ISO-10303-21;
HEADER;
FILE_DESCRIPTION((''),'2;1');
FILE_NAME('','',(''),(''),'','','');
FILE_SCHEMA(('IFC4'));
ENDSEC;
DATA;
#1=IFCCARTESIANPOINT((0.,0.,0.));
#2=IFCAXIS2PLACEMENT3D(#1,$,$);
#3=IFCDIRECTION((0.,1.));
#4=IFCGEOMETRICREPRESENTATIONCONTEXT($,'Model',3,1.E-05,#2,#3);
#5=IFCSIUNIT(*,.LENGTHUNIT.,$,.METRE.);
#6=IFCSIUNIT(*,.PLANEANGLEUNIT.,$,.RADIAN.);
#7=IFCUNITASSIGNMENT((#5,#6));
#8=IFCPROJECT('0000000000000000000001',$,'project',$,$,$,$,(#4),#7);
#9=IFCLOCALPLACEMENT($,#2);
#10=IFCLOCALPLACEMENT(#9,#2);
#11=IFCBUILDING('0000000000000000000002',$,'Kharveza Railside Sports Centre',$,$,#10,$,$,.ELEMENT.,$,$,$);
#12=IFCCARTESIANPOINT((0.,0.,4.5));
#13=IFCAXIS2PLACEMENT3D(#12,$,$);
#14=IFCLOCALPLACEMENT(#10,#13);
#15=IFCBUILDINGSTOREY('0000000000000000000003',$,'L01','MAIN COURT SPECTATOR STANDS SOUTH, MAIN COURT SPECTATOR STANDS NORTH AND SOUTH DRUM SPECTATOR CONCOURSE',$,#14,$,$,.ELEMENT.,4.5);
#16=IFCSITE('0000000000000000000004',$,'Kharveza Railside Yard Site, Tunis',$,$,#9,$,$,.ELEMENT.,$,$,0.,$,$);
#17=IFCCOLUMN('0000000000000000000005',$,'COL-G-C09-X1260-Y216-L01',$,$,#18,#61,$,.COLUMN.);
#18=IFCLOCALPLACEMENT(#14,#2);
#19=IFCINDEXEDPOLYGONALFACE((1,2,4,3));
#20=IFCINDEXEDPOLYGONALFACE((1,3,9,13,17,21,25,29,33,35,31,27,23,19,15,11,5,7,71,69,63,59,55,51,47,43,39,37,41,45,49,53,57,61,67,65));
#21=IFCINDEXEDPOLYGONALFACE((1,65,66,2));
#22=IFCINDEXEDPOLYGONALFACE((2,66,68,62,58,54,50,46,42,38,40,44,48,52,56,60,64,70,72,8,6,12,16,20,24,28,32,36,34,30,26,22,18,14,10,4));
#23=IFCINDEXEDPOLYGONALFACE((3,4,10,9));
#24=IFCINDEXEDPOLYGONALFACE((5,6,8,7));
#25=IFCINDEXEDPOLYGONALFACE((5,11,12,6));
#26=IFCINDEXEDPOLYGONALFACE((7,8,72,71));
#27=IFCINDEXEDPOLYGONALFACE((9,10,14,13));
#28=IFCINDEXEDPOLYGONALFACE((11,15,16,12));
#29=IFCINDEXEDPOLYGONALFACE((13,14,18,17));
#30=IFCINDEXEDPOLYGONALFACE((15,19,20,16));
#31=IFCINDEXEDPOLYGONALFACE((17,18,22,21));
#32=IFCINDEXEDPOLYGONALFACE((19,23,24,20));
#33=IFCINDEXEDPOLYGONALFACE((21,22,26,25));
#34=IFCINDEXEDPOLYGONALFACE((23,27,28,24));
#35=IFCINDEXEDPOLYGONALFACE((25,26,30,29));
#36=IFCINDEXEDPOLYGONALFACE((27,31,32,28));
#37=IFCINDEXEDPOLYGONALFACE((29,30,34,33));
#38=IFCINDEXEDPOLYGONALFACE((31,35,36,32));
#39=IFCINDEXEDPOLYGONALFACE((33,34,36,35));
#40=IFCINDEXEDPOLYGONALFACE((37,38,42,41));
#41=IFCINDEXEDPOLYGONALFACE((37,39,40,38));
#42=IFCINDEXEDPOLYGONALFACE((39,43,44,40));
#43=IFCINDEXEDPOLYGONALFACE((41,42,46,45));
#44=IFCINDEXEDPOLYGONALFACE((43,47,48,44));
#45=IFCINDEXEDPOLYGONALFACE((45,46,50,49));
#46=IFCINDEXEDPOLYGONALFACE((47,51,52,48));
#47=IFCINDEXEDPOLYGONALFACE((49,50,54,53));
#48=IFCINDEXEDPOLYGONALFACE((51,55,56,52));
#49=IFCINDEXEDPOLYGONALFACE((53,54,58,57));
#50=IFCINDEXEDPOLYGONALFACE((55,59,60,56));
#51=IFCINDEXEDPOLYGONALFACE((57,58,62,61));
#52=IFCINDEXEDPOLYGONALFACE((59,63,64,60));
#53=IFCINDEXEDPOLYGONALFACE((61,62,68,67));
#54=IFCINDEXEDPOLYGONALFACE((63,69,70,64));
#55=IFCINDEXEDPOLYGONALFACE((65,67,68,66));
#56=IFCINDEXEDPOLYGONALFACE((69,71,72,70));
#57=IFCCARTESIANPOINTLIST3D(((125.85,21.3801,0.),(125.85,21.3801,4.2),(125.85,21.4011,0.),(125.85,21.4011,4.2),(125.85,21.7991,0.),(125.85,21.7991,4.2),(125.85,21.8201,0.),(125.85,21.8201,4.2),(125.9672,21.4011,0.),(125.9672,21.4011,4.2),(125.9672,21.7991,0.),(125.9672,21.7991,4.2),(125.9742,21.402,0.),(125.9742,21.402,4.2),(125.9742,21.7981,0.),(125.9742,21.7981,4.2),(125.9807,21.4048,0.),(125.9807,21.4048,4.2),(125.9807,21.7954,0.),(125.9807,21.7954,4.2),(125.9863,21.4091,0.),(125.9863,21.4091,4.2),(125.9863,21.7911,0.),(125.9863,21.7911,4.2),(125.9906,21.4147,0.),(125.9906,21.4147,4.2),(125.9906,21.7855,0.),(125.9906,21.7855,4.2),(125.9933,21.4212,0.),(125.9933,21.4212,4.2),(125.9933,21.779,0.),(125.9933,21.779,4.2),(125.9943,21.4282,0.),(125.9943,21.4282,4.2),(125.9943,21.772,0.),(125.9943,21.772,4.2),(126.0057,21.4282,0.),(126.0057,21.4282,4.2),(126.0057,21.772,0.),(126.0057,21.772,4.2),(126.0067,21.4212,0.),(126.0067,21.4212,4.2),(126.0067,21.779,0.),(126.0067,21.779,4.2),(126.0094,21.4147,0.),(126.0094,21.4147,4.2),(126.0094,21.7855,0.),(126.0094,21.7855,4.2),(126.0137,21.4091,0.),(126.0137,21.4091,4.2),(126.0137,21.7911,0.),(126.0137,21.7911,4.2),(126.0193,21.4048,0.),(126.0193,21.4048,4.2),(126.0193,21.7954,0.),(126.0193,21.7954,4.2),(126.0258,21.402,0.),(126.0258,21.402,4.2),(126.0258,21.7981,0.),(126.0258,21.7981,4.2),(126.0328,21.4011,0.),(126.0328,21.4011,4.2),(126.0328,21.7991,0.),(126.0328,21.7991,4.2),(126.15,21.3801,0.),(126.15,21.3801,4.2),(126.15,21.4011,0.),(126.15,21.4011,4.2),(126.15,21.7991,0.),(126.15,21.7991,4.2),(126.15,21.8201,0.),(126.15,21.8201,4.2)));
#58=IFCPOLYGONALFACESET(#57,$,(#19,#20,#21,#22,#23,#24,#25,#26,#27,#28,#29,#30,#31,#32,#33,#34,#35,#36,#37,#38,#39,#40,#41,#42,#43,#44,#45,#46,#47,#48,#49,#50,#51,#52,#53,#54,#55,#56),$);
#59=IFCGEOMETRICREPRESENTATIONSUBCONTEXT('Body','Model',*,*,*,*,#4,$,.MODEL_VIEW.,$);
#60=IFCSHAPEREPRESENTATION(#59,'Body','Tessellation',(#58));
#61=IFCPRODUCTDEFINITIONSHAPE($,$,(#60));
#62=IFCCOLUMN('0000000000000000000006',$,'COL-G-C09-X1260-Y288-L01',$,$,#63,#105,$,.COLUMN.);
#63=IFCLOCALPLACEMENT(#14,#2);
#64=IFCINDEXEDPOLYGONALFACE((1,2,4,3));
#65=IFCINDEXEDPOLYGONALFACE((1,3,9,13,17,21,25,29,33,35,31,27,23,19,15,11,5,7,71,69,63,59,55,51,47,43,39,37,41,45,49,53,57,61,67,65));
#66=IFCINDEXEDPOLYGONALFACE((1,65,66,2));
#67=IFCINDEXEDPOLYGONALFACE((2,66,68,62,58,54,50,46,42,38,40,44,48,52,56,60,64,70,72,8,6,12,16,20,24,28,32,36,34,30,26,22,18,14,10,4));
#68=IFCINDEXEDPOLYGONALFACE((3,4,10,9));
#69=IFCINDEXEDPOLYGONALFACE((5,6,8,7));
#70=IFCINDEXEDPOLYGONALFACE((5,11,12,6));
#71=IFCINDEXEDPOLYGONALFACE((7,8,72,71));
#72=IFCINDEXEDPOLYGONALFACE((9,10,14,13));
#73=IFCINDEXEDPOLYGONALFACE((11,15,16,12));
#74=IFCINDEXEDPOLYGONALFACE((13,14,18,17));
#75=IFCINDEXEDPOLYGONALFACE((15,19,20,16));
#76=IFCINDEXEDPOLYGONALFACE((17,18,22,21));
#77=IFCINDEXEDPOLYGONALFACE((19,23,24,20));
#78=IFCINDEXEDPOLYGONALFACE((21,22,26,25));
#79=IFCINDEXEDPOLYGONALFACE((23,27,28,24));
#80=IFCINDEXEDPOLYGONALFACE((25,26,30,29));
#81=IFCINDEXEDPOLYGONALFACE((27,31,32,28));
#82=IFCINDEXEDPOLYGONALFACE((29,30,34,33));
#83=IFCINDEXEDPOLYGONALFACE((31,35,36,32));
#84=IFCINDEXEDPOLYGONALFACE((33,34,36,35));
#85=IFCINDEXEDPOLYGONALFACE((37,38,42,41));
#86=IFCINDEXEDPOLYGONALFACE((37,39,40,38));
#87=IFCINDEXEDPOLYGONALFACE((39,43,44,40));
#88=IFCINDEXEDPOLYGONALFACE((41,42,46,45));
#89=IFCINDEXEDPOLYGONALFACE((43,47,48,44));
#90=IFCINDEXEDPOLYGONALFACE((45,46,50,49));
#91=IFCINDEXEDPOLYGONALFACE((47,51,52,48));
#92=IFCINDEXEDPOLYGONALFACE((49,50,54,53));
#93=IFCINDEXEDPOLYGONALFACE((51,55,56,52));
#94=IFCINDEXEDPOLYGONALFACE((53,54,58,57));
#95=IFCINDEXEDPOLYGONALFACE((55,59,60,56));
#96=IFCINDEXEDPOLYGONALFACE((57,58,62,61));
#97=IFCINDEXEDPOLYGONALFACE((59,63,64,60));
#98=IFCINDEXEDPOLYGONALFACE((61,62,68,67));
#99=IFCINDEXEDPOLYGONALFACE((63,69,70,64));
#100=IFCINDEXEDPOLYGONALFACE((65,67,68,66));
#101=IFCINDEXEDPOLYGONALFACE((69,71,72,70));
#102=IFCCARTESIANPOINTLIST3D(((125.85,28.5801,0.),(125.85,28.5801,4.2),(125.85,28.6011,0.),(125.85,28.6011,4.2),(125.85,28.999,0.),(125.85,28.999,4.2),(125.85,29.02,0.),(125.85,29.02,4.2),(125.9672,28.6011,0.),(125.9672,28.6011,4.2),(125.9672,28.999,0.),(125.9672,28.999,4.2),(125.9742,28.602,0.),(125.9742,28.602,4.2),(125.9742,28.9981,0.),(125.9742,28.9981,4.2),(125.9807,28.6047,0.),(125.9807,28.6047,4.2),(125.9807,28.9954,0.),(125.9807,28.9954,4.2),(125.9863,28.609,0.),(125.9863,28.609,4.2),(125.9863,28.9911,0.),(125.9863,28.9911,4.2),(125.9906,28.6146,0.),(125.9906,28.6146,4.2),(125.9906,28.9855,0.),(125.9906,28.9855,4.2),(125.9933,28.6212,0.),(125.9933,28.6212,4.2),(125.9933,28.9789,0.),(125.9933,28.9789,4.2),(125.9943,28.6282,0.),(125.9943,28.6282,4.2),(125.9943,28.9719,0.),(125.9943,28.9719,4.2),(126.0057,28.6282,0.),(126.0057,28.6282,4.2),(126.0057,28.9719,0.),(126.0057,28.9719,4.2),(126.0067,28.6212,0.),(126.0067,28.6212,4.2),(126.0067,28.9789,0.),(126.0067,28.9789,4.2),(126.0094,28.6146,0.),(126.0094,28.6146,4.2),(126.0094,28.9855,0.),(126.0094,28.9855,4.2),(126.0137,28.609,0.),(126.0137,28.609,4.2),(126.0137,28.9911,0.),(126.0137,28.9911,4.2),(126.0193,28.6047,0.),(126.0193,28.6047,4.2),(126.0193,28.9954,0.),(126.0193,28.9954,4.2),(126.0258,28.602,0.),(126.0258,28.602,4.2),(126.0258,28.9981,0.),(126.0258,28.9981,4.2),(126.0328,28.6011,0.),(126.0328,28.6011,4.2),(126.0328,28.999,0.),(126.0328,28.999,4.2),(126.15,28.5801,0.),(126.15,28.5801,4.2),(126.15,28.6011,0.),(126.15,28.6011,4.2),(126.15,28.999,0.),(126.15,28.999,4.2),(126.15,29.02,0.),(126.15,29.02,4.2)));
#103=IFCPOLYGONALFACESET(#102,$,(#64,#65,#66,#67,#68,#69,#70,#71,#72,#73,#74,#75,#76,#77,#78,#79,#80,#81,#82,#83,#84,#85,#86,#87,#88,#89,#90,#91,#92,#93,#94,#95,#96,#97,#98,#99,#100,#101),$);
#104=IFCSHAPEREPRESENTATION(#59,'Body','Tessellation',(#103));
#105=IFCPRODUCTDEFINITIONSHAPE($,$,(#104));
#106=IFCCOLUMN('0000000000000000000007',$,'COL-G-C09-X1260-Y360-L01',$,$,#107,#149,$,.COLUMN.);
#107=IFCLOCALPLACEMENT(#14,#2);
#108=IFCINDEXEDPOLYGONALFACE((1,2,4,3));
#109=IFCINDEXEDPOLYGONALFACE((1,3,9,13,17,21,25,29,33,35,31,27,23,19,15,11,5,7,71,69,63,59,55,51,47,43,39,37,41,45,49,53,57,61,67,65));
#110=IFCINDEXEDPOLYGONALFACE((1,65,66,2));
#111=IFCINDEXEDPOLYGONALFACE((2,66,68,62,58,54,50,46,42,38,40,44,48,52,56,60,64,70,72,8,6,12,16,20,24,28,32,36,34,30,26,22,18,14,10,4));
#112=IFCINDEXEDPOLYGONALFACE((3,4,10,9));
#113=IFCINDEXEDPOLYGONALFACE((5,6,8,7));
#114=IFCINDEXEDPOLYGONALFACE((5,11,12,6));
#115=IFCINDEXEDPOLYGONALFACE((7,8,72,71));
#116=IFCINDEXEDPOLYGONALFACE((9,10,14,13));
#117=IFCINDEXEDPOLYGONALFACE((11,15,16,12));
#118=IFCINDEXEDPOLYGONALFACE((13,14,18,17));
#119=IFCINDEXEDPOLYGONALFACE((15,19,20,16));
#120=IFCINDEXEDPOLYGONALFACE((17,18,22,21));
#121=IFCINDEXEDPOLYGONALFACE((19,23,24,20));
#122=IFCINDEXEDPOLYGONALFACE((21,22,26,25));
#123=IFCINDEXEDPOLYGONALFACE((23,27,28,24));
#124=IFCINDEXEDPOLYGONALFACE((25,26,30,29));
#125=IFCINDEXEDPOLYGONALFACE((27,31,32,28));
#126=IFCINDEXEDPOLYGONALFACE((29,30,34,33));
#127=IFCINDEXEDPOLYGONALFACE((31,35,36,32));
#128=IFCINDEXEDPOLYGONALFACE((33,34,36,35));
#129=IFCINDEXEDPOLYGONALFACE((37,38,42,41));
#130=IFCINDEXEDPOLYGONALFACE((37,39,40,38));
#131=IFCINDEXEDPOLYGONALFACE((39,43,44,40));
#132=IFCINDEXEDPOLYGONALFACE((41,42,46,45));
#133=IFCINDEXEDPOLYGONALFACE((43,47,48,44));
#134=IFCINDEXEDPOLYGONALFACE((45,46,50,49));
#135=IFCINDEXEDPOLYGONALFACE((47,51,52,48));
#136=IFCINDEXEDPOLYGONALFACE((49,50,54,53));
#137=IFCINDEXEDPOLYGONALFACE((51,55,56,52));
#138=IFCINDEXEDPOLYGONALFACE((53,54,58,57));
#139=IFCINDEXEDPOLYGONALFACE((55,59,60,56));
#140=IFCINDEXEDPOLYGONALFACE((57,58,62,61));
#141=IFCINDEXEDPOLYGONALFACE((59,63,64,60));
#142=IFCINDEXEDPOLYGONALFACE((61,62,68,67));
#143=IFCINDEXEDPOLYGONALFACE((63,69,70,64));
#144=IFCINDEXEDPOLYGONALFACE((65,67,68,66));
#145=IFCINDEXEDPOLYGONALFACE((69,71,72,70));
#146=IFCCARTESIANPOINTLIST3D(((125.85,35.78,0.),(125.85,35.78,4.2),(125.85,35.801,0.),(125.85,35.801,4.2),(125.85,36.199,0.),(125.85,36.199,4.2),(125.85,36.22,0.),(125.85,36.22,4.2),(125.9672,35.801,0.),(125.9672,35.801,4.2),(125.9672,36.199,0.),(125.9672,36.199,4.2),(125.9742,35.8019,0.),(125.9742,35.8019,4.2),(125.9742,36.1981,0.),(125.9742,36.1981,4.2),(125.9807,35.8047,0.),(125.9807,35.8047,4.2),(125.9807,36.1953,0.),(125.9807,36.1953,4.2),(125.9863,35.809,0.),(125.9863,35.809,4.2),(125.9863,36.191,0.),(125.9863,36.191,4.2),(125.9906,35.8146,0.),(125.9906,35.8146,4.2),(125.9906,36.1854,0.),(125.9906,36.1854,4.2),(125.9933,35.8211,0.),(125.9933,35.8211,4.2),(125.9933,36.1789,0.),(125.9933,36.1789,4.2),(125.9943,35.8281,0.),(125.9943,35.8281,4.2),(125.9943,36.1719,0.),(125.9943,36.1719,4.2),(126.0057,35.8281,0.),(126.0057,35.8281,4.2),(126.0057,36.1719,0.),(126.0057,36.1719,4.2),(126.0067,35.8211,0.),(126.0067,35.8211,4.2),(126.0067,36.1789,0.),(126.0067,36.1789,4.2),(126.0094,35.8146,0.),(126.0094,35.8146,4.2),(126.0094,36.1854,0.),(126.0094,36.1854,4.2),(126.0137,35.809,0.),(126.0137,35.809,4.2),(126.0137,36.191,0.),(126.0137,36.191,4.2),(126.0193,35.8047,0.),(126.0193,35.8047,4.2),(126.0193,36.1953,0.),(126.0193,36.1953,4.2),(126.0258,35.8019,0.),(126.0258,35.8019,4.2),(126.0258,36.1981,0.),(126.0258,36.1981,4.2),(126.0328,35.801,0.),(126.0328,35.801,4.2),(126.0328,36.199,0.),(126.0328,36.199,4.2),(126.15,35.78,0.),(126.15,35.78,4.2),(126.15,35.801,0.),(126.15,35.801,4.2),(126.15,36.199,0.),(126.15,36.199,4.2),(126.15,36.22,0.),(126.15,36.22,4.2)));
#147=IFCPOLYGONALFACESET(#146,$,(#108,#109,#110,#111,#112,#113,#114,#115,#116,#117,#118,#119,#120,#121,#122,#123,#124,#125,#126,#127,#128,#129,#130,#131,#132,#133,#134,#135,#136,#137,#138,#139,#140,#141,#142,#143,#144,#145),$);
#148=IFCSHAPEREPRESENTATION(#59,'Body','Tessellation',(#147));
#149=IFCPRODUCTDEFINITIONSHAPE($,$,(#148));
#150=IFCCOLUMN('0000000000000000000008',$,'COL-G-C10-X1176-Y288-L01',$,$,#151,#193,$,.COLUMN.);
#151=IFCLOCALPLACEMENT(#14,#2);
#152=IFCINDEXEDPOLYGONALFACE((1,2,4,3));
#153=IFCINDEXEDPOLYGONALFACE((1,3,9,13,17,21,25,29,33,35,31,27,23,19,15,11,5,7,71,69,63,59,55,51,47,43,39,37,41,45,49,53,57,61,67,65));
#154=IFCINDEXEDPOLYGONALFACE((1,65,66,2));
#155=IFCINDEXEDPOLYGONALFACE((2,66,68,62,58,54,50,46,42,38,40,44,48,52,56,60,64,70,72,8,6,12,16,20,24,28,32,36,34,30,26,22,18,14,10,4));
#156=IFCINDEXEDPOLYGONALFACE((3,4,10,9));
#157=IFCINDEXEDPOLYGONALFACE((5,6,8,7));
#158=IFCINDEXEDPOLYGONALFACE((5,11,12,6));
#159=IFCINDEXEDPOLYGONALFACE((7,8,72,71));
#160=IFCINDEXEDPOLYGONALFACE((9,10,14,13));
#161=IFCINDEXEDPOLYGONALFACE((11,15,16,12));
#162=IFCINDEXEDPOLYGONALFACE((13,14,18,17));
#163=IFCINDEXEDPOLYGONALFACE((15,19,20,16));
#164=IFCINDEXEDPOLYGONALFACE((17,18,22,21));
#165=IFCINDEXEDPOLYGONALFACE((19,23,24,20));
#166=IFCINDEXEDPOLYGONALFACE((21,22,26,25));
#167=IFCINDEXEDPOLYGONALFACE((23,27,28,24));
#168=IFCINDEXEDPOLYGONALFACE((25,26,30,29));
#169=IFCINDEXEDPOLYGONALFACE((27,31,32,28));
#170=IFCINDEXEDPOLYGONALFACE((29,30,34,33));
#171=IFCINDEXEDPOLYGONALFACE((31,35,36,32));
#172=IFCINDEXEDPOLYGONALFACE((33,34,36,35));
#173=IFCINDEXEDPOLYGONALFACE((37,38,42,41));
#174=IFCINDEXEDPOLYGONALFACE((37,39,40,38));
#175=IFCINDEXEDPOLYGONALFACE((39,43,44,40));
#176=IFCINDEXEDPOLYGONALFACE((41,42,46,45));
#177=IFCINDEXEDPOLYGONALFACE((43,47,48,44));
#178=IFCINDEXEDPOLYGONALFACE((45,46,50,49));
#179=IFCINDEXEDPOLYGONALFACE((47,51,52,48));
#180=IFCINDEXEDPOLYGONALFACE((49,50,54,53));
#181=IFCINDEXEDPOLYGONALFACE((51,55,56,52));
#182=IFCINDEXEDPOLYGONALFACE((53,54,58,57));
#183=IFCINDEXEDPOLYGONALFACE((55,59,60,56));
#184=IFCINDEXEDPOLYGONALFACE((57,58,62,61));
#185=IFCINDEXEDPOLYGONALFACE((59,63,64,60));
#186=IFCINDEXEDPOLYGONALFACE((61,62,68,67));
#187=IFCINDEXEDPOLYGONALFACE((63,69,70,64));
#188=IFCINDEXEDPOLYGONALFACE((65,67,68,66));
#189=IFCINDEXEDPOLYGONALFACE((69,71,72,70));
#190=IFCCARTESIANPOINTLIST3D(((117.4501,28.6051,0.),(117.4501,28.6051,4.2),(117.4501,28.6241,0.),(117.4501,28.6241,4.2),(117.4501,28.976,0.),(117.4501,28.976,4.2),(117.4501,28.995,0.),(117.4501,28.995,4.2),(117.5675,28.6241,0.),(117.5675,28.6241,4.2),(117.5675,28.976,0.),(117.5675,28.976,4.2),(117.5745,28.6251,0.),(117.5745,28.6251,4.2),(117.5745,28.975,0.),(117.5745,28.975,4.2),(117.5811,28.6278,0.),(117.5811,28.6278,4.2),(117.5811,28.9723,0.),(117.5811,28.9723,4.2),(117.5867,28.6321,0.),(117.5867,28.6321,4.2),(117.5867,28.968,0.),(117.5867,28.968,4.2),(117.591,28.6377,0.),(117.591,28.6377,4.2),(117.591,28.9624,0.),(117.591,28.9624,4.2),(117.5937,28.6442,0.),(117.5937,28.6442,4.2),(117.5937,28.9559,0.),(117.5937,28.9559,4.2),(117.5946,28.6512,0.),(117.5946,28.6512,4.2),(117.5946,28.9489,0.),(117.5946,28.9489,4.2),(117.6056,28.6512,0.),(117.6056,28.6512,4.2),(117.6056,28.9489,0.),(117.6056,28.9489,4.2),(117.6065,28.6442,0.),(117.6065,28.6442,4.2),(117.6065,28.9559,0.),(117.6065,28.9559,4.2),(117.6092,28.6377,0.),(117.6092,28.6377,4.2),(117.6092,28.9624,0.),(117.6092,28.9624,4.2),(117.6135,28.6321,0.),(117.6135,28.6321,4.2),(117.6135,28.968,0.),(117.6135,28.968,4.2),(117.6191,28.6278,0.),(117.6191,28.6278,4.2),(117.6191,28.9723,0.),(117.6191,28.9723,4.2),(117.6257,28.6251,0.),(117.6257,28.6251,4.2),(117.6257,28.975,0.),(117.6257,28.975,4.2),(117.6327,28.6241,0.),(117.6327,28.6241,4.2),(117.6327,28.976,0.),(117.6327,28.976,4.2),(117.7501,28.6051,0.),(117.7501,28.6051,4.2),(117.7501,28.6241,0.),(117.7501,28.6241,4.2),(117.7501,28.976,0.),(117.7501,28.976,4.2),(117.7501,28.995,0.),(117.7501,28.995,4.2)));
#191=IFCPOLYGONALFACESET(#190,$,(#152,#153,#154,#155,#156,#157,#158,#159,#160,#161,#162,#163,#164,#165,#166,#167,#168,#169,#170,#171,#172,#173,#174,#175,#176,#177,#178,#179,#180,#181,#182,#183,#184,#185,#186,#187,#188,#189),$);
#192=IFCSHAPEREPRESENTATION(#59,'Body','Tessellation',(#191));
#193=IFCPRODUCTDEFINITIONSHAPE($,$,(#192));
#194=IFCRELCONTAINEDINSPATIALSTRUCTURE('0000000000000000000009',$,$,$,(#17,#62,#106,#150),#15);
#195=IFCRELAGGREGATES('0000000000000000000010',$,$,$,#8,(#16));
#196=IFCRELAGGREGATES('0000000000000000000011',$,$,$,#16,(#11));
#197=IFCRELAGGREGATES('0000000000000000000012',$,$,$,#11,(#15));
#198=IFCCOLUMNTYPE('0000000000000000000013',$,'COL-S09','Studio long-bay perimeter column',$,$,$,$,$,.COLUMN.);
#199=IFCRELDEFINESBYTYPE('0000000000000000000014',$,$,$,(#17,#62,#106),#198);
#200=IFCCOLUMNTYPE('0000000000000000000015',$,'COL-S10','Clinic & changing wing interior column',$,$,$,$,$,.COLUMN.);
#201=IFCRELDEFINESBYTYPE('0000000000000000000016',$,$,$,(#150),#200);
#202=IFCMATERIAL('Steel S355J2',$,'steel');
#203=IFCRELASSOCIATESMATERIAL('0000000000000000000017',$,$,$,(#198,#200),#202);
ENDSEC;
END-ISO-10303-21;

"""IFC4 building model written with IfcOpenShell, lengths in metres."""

from ifc_helpers import new_model, si_unit, direction, frame, origin, origin_2d, place, context, subcontext, project, spatial, i_section, extrude, material, material_profile, profile_set, type_object, element, save


model = new_model("IFC4")

# Units and contexts
model_context = context("Model", 3, precision=1e-05, world=origin(), true_north=direction((0.0, 1.0)))
body_context = subcontext(model_context, "Body", "Model", "MODEL_VIEW")
ifc_project = project(units=[si_unit("LENGTHUNIT", "METRE"), si_unit("PLANEANGLEUNIT", "RADIAN")], contexts=[model_context])

# Site, building, storey
site_placement = place(None, origin())
site = spatial("IfcSite", under=ifc_project, at=site_placement, Name="Kharveza Railside Yard Site, Tunis", CompositionType="ELEMENT", RefElevation=0.0)
building_placement = place(site_placement, origin())
building = spatial("IfcBuilding", under=site, at=building_placement, Name="Kharveza Railside Sports Centre", CompositionType="ELEMENT")
storey_placement = place(building_placement, frame((0.0, 0.0, 4.5)))
storey = spatial("IfcBuildingStorey", under=building, at=storey_placement, Name="L01", Description="MAIN COURT SPECTATOR STANDS SOUTH, MAIN COURT SPECTATOR STANDS NORTH AND SOUTH DRUM SPECTATOR CONCOURSE", CompositionType="ELEMENT", Elevation=4.5)

# Columns
ifc_material_1 = material(Name="Steel S355J2", Category="steel")
ifc_material_profile_1 = material_profile(ifc_material_1, i_section(OverallWidth=0.3, OverallDepth=0.4399, WebThickness=0.0115, FlangeThickness=0.021, FilletRadius=0.0271, at=origin_2d()), Name="HEA 450")
ifc_profile_set_1 = profile_set([ifc_material_profile_1], Name="Steel S355J2")
column_type_1 = type_object("IfcColumnType", Name="COL-S09", Description="Studio long-bay perimeter column", PredefinedType="COLUMN", material=ifc_profile_set_1)
for number, where, z_axis, x_axis, name in (
    (1, (126.0, 21.6001, 0.0), (0.0, 0.0, 1.0), (1.0, 0.0, 0.0), "COL-G-C09-X1260-Y216-L01"),
    (2, (126.0, 28.8, 0.0), (0.0, 0.0, 1.0), (1.0, 0.0, 0.0), "COL-G-C09-X1260-Y288-L01"),
    (3, (126.0, 36.0, 0.0), (0.0, 0.0, 1.0), (1.0, 0.0, 0.0), "COL-G-C09-X1260-Y360-L01"),
):
    element("IfcColumn", number, at=place(storey_placement, frame(where, z_axis=z_axis, x_axis=x_axis)), inside=storey, type_object=column_type_1, Name=name, PredefinedType="COLUMN", context=body_context, shape_type="SweptSolid", body=[
        extrude(i_section(OverallWidth=0.3, OverallDepth=0.4399, WebThickness=0.0115, FlangeThickness=0.021, FilletRadius=0.0271, at=origin_2d()), origin(), (0.0, 0.0, 1.0), 4.2),
    ])
ifc_material_profile_2 = material_profile(ifc_material_1, i_section(OverallWidth=0.3, OverallDepth=0.3899, WebThickness=0.011, FlangeThickness=0.019, FilletRadius=0.0271, at=origin_2d()), Name="HEA 400")
ifc_profile_set_2 = profile_set([ifc_material_profile_2], Name="Steel S355J2")
column_type_2 = type_object("IfcColumnType", Name="COL-S10", Description="Clinic & changing wing interior column", PredefinedType="COLUMN", material=ifc_profile_set_2)
for number, where, z_axis, x_axis, name in (
    (4, (117.6001, 28.8, 0.0), (0.0, 0.0, 1.0), (1.0, 0.0, 0.0), "COL-G-C10-X1176-Y288-L01"),
):
    element("IfcColumn", number, at=place(storey_placement, frame(where, z_axis=z_axis, x_axis=x_axis)), inside=storey, type_object=column_type_2, Name=name, PredefinedType="COLUMN", context=body_context, shape_type="SweptSolid", body=[
        extrude(i_section(OverallWidth=0.3, OverallDepth=0.3899, WebThickness=0.011, FlangeThickness=0.019, FilletRadius=0.0271, at=origin_2d()), origin(), (0.0, 0.0, 1.0), 4.2),
    ])

save(model, "model.ifc")
